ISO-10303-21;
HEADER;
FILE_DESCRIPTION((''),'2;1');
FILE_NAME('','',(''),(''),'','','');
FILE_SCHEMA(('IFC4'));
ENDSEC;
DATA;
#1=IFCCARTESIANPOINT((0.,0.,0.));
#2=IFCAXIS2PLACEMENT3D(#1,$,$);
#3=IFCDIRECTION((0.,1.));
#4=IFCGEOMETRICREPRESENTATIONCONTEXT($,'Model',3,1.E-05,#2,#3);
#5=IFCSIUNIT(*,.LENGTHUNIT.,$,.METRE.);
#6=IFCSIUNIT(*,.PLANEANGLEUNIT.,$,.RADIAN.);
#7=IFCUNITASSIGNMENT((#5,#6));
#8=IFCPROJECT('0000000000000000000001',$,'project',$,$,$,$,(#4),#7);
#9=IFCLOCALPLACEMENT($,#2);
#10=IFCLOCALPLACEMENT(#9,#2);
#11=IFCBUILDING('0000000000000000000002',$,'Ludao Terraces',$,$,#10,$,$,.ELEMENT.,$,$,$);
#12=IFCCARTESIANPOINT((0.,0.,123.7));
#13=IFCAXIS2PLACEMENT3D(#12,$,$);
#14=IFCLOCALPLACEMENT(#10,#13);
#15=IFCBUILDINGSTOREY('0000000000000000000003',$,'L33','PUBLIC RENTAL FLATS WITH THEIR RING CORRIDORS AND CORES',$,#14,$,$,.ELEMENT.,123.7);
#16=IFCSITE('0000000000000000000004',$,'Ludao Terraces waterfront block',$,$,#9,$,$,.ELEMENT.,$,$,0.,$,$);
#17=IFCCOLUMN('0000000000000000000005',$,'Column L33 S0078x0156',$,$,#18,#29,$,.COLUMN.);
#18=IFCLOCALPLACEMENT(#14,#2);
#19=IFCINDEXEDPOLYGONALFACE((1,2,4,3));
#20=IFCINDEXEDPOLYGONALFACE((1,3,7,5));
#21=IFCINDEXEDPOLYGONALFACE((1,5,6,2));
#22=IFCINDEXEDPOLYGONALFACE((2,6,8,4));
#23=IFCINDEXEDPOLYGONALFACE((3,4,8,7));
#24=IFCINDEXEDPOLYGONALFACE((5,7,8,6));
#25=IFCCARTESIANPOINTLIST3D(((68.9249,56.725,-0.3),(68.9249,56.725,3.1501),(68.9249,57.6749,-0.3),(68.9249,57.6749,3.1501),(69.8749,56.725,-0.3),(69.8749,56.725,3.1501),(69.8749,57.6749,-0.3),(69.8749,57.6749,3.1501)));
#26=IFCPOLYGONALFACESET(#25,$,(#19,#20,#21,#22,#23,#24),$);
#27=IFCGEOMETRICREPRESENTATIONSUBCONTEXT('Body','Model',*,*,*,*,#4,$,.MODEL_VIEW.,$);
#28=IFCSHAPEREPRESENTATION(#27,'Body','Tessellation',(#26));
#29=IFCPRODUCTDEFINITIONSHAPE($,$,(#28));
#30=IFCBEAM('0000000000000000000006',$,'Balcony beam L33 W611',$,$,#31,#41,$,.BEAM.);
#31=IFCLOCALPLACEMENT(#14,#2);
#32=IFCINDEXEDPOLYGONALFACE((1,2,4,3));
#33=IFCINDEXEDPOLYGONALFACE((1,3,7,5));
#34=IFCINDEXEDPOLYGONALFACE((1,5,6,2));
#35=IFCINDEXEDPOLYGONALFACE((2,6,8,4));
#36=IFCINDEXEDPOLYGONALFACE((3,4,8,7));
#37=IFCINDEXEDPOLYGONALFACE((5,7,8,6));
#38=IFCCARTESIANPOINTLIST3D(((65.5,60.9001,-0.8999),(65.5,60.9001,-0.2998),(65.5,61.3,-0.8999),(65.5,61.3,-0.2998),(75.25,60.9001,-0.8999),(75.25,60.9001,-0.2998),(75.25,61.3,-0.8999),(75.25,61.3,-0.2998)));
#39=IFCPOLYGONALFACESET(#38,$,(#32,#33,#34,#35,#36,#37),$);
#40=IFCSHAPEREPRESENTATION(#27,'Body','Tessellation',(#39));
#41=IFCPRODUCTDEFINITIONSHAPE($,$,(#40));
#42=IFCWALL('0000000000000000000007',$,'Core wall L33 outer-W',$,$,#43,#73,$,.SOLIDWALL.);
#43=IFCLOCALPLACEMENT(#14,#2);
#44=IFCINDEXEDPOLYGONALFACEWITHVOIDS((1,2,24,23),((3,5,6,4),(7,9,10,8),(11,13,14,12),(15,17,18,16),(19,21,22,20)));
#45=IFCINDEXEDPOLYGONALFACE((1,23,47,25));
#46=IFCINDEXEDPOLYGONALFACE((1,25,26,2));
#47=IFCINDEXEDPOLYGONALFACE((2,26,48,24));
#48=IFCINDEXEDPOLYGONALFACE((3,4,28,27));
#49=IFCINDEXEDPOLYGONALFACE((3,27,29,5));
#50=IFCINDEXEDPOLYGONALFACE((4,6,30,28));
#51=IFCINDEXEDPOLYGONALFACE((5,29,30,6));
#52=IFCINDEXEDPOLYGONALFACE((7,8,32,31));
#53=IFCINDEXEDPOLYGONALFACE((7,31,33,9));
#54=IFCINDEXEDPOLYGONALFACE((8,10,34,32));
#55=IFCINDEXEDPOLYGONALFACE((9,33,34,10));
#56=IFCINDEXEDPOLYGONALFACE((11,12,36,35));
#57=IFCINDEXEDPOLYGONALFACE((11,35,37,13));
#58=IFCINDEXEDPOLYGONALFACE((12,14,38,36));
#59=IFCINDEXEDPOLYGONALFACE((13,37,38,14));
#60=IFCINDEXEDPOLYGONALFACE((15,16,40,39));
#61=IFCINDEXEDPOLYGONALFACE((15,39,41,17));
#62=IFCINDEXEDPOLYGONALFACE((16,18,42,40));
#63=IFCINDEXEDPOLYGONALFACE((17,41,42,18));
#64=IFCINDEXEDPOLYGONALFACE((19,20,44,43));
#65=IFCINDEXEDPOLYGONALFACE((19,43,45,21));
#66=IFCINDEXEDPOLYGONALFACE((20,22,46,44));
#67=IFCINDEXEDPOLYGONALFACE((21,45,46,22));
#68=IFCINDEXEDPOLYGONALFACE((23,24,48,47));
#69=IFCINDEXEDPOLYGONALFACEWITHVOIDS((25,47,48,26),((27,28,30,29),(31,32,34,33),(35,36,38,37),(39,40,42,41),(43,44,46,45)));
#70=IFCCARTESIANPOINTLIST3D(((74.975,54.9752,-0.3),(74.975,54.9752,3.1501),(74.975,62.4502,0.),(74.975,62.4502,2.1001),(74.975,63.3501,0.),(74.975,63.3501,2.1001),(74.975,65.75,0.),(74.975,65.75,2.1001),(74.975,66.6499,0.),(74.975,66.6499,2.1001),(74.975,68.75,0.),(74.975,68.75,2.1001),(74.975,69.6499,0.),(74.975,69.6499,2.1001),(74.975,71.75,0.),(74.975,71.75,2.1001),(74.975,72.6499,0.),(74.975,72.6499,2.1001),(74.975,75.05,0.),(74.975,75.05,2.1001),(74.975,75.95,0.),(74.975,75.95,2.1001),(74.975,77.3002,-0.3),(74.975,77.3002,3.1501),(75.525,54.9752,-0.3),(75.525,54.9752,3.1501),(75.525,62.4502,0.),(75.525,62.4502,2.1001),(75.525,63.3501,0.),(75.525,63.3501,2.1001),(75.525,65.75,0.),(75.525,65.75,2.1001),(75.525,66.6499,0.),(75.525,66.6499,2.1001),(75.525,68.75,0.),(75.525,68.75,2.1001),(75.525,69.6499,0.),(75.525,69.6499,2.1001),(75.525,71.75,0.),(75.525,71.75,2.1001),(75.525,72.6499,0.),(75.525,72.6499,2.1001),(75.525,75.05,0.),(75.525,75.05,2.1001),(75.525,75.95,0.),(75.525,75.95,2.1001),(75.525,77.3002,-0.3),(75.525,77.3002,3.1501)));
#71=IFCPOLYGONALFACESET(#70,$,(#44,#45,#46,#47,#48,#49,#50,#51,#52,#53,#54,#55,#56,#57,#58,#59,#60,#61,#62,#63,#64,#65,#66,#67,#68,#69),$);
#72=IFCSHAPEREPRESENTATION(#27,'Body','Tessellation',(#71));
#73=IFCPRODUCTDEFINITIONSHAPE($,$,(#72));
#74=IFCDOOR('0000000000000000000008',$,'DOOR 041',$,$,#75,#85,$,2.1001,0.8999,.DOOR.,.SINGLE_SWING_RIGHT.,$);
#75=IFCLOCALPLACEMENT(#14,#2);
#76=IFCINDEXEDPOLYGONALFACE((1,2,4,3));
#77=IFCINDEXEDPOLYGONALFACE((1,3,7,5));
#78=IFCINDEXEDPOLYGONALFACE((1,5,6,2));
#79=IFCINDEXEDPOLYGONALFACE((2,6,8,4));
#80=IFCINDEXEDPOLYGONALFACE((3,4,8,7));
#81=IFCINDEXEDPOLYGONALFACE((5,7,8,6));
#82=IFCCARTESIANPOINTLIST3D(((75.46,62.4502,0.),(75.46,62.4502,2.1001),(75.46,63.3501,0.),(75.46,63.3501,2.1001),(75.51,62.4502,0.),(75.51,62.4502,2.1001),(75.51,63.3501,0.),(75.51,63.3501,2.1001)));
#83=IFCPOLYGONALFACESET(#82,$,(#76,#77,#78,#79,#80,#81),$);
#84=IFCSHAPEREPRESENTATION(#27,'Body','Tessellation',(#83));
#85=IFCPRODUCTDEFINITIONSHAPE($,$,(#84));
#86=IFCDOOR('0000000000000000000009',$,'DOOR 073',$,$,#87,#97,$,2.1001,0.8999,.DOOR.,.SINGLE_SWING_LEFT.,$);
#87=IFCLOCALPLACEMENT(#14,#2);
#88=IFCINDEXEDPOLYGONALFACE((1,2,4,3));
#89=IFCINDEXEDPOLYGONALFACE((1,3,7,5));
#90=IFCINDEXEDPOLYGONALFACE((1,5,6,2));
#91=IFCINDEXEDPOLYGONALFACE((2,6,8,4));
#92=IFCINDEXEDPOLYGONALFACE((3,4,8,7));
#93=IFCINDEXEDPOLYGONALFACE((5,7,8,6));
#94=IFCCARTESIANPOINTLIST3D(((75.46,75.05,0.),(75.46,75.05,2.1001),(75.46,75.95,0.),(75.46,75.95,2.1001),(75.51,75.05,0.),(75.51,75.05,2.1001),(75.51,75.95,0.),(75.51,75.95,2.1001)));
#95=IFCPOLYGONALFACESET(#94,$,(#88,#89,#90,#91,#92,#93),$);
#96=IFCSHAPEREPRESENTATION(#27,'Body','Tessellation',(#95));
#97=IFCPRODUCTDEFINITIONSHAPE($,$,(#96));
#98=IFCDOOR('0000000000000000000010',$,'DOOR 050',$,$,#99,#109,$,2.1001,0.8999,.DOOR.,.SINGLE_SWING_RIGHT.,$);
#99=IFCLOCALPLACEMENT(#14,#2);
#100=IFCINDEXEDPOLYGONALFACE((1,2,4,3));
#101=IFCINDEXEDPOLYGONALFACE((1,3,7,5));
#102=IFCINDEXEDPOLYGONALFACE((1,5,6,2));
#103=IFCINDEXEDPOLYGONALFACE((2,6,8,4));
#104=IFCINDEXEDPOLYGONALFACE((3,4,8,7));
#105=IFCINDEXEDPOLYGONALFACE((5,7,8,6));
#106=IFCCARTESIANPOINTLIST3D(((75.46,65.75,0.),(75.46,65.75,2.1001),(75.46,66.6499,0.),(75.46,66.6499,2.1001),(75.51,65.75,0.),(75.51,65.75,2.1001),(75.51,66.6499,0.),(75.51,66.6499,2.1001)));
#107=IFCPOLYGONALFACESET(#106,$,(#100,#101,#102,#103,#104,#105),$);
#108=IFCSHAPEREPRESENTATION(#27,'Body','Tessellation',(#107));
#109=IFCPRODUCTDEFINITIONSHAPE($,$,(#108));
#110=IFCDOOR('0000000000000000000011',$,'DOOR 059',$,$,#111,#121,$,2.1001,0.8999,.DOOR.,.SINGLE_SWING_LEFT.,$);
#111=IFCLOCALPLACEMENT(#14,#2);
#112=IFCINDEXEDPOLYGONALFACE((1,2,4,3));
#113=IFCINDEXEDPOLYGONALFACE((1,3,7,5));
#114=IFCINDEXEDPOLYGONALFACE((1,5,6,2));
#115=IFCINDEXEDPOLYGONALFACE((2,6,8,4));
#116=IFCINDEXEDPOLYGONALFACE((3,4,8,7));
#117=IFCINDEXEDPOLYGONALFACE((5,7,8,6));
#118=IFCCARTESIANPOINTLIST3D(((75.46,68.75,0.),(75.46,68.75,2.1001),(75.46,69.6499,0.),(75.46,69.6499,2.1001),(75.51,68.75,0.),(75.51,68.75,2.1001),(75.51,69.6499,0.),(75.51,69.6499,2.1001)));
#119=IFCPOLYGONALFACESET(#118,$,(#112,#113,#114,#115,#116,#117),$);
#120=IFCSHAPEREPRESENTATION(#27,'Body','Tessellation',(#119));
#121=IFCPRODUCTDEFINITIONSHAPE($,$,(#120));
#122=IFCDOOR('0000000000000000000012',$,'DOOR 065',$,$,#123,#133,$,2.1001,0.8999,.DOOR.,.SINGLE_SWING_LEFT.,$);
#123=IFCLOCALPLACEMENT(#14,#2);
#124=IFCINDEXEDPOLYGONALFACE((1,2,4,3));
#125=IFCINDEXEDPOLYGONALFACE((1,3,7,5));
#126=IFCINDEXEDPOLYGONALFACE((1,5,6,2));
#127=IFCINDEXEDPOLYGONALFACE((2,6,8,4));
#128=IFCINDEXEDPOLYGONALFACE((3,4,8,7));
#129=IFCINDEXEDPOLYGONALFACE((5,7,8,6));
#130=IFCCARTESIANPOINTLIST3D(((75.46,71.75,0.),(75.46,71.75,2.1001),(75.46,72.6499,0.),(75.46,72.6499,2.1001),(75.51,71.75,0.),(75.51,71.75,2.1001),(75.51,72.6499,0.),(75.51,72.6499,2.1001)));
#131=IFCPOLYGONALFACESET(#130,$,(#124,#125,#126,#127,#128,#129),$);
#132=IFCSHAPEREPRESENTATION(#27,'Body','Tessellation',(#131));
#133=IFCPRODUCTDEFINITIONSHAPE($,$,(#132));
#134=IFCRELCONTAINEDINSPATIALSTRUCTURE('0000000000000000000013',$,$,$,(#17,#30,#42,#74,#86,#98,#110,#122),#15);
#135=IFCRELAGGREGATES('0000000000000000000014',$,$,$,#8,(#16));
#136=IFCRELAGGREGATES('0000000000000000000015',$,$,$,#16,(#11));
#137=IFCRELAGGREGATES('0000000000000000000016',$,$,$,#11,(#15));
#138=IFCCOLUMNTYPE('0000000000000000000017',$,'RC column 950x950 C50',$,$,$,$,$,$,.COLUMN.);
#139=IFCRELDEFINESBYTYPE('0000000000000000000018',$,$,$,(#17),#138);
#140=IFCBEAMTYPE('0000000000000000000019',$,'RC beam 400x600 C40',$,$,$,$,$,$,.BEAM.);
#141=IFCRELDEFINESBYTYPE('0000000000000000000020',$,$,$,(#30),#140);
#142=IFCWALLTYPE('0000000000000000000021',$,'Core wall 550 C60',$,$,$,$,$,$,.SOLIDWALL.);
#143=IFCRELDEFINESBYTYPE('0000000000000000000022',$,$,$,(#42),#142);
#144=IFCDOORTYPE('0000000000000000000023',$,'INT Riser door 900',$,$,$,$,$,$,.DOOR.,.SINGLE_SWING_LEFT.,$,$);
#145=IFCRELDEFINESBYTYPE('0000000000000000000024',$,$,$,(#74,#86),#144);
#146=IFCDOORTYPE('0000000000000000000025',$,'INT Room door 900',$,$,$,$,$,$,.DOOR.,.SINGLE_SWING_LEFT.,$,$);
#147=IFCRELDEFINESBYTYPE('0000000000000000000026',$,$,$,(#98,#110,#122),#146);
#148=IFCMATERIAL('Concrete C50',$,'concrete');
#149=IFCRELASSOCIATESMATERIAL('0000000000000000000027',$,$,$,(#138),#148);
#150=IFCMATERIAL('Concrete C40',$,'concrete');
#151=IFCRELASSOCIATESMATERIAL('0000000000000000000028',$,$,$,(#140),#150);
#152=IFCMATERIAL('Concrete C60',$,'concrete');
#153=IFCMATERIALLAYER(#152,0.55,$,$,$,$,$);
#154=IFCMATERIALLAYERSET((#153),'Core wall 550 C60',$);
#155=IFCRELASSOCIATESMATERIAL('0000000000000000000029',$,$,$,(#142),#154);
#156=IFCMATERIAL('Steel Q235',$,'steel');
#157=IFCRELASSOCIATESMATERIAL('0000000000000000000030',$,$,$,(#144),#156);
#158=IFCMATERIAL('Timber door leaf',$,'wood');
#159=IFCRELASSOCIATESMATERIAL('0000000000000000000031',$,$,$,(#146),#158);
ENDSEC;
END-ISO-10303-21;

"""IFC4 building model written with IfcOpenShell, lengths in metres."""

from ifc_helpers import new_model, si_unit, direction, frame, frame_2d, origin, origin_2d, place, context, subcontext, project, spatial, rectangle, extrude, material, layer, layer_set, material_profile, profile_set, type_object, element, fill, save


model = new_model("IFC4")

# Units and contexts
model_context = context("Model", 3, precision=1e-05, world=origin(), true_north=direction((0.0, 1.0)))
body_context = subcontext(model_context, "Body", "Model", "MODEL_VIEW")
ifc_project = project(units=[si_unit("LENGTHUNIT", "METRE"), si_unit("PLANEANGLEUNIT", "RADIAN")], contexts=[model_context])

# Site, building, storey
site_placement = place(None, origin())
site = spatial("IfcSite", under=ifc_project, at=site_placement, Name="Ludao Terraces waterfront block", CompositionType="ELEMENT", RefElevation=0.0)
building_placement = place(site_placement, origin())
building = spatial("IfcBuilding", under=site, at=building_placement, Name="Ludao Terraces", CompositionType="ELEMENT")
storey_placement = place(building_placement, frame((0.0, 0.0, 123.7)))
storey = spatial("IfcBuildingStorey", under=building, at=storey_placement, Name="L33", Description="PUBLIC RENTAL FLATS WITH THEIR RING CORRIDORS AND CORES", CompositionType="ELEMENT", Elevation=123.7)

# Column
ifc_material_1 = material(Name="Concrete C50", Category="concrete")
ifc_material_profile_1 = material_profile(ifc_material_1, rectangle(XDim=0.95, YDim=0.95, at=origin_2d()), Name="950 X 950")
ifc_profile_set_1 = profile_set([ifc_material_profile_1], Name="Concrete C50")
column_type = type_object("IfcColumnType", Name="RC column 950x950 C50", PredefinedType="COLUMN", material=ifc_profile_set_1)
column_placement = place(storey_placement, frame((69.3999, 57.2, -0.3), z_axis=(0.0, 0.0, 1.0), x_axis=(1.0, 0.0, 0.0)))
element("IfcColumn", 1, at=column_placement, inside=storey, type_object=column_type, Name="Column L33 S0078x0156", PredefinedType="COLUMN", context=body_context, shape_type="SweptSolid", body=[
    extrude(rectangle(XDim=0.95, YDim=0.95, at=origin_2d()), origin(), (0.0, 0.0, 1.0), 3.4502),
])

# Beam
ifc_material_2 = material(Name="Concrete C40", Category="concrete")
ifc_material_profile_2 = material_profile(ifc_material_2, rectangle(XDim=0.3999, YDim=0.6001, at=origin_2d()), Name="400 X 600")
ifc_profile_set_2 = profile_set([ifc_material_profile_2], Name="Concrete C40")
beam_type = type_object("IfcBeamType", Name="RC beam 400x600 C40", PredefinedType="BEAM", material=ifc_profile_set_2)
beam_placement = place(storey_placement, frame((75.25, 61.1001, -0.5999), z_axis=(-1.0, 0.0, 0.0), x_axis=(0.0, -1.0, 0.0)))
element("IfcBeam", 2, at=beam_placement, inside=storey, type_object=beam_type, Name="Balcony beam L33 W611", PredefinedType="BEAM", context=body_context, shape_type="SweptSolid", body=[
    extrude(rectangle(XDim=0.3999, YDim=0.6001, at=origin_2d()), origin(), (0.0, 0.0, 1.0), 9.75),
])

# Wall, openings, doors
ifc_material_3 = material(Name="Concrete C60", Category="concrete")
ifc_layer_1 = layer(ifc_material_3, 0.55)
ifc_layer_set_1 = layer_set([ifc_layer_1], Name="Core wall 550 C60")
wall_type_1 = type_object("IfcWallType", Name="Core wall 550 C60", PredefinedType="SOLIDWALL", material=ifc_layer_set_1)
wall_1_placement = place(storey_placement, frame((75.25, 54.9751, -0.3), z_axis=(0.0, 0.0, 1.0), x_axis=(0.0, 1.0, 0.0)))
wall_1 = element("IfcWall", 3, at=wall_1_placement, inside=storey, type_object=wall_type_1, Name="Core wall L33 outer-W", PredefinedType="SOLIDWALL", context=body_context, shape_type="SweptSolid", body=[
    extrude(rectangle(XDim=22.325, YDim=0.55, at=frame_2d((11.1626, 0.0))), origin(), (0.0, 0.0, 1.0), 3.4502),
])
opening_1_placement = place(wall_1_placement, frame((7.4751, 0.0, 0.3)))
opening_1 = element("IfcOpeningElement", 4, at=opening_1_placement, cuts=wall_1, PredefinedType="OPENING", context=body_context, shape_type="SweptSolid", body=[
    extrude(rectangle(XDim=0.8999, YDim=2.1001, at=frame_2d((0.45, 1.05))), frame((0.0, 0.2852, 0.0), z_axis=(0.0, -1.0, 0.0), x_axis=(1.0, 0.0, 0.0)), (0.0, 0.0, 1.0), 0.5701),
])
opening_2_placement = place(wall_1_placement, frame((10.7749, 0.0, 0.3)))
opening_2 = element("IfcOpeningElement", 5, at=opening_2_placement, cuts=wall_1, PredefinedType="OPENING", context=body_context, shape_type="SweptSolid", body=[
    extrude(rectangle(XDim=0.8999, YDim=2.1001, at=frame_2d((0.45, 1.05))), frame((0.0, 0.2852, 0.0), z_axis=(0.0, -1.0, 0.0), x_axis=(1.0, 0.0, 0.0)), (0.0, 0.0, 1.0), 0.5701),
])
opening_3_placement = place(wall_1_placement, frame((13.7749, 0.0, 0.3)))
opening_3 = element("IfcOpeningElement", 6, at=opening_3_placement, cuts=wall_1, PredefinedType="OPENING", context=body_context, shape_type="SweptSolid", body=[
    extrude(rectangle(XDim=0.8999, YDim=2.1001, at=frame_2d((0.45, 1.05))), frame((0.0, 0.2852, 0.0), z_axis=(0.0, -1.0, 0.0), x_axis=(1.0, 0.0, 0.0)), (0.0, 0.0, 1.0), 0.5701),
])
opening_4_placement = place(wall_1_placement, frame((16.7749, 0.0, 0.3)))
opening_4 = element("IfcOpeningElement", 7, at=opening_4_placement, cuts=wall_1, PredefinedType="OPENING", context=body_context, shape_type="SweptSolid", body=[
    extrude(rectangle(XDim=0.8999, YDim=2.1001, at=frame_2d((0.45, 1.05))), frame((0.0, 0.2852, 0.0), z_axis=(0.0, -1.0, 0.0), x_axis=(1.0, 0.0, 0.0)), (0.0, 0.0, 1.0), 0.5701),
])
opening_5_placement = place(wall_1_placement, frame((20.075, 0.0, 0.3)))
opening_5 = element("IfcOpeningElement", 8, at=opening_5_placement, cuts=wall_1, PredefinedType="OPENING", context=body_context, shape_type="SweptSolid", body=[
    extrude(rectangle(XDim=0.8999, YDim=2.1001, at=frame_2d((0.45, 1.05))), frame((0.0, 0.2852, 0.0), z_axis=(0.0, -1.0, 0.0), x_axis=(1.0, 0.0, 0.0)), (0.0, 0.0, 1.0), 0.5701),
])
ifc_material_4 = material(Name="Steel Q235", Category="steel")
door_type_1 = type_object("IfcDoorType", Name="INT Riser door 900", OperationType="SINGLE_SWING_LEFT", PredefinedType="DOOR", material=ifc_material_4)
door_1_placement = place(opening_1_placement, origin())
door_1 = element("IfcDoor", 9, at=door_1_placement, inside=storey, type_object=door_type_1, Name="DOOR 041", OperationType="SINGLE_SWING_RIGHT", OverallHeight=2.1001, OverallWidth=0.8999, PredefinedType="DOOR", context=body_context, shape_type="SweptSolid", body=[
    extrude(rectangle(XDim=0.8999, YDim=2.1001, at=frame_2d((0.45, 1.05))), frame((0.0, -0.21, 0.0), z_axis=(0.0, -1.0, 0.0), x_axis=(1.0, 0.0, 0.0)), (0.0, 0.0, 1.0), 0.05),
])
fill(opening_1, door_1)
door_2_placement = place(opening_5_placement, origin())
door_2 = element("IfcDoor", 10, at=door_2_placement, inside=storey, type_object=door_type_1, Name="DOOR 073", OperationType="SINGLE_SWING_LEFT", OverallHeight=2.1001, OverallWidth=0.8999, PredefinedType="DOOR", context=body_context, shape_type="SweptSolid", body=[
    extrude(rectangle(XDim=0.8999, YDim=2.1001, at=frame_2d((0.45, 1.05))), frame((0.0, -0.21, 0.0), z_axis=(0.0, -1.0, 0.0), x_axis=(1.0, 0.0, 0.0)), (0.0, 0.0, 1.0), 0.05),
])
fill(opening_5, door_2)
ifc_material_5 = material(Name="Timber door leaf", Category="wood")
door_type_2 = type_object("IfcDoorType", Name="INT Room door 900", OperationType="SINGLE_SWING_LEFT", PredefinedType="DOOR", material=ifc_material_5)
door_3_placement = place(opening_2_placement, origin())
door_3 = element("IfcDoor", 11, at=door_3_placement, inside=storey, type_object=door_type_2, Name="DOOR 050", OperationType="SINGLE_SWING_RIGHT", OverallHeight=2.1001, OverallWidth=0.8999, PredefinedType="DOOR", context=body_context, shape_type="SweptSolid", body=[
    extrude(rectangle(XDim=0.8999, YDim=2.1001, at=frame_2d((0.45, 1.05))), frame((0.0, -0.21, 0.0), z_axis=(0.0, -1.0, 0.0), x_axis=(1.0, 0.0, 0.0)), (0.0, 0.0, 1.0), 0.05),
])
fill(opening_2, door_3)
door_4_placement = place(opening_3_placement, origin())
door_4 = element("IfcDoor", 12, at=door_4_placement, inside=storey, type_object=door_type_2, Name="DOOR 059", OperationType="SINGLE_SWING_LEFT", OverallHeight=2.1001, OverallWidth=0.8999, PredefinedType="DOOR", context=body_context, shape_type="SweptSolid", body=[
    extrude(rectangle(XDim=0.8999, YDim=2.1001, at=frame_2d((0.45, 1.05))), frame((0.0, -0.21, 0.0), z_axis=(0.0, -1.0, 0.0), x_axis=(1.0, 0.0, 0.0)), (0.0, 0.0, 1.0), 0.05),
])
fill(opening_3, door_4)
door_5_placement = place(opening_4_placement, origin())
door_5 = element("IfcDoor", 13, at=door_5_placement, inside=storey, type_object=door_type_2, Name="DOOR 065", OperationType="SINGLE_SWING_LEFT", OverallHeight=2.1001, OverallWidth=0.8999, PredefinedType="DOOR", context=body_context, shape_type="SweptSolid", body=[
    extrude(rectangle(XDim=0.8999, YDim=2.1001, at=frame_2d((0.45, 1.05))), frame((0.0, -0.21, 0.0), z_axis=(0.0, -1.0, 0.0), x_axis=(1.0, 0.0, 0.0)), (0.0, 0.0, 1.0), 0.05),
])
fill(opening_4, door_5)

save(model, "model.ifc")
